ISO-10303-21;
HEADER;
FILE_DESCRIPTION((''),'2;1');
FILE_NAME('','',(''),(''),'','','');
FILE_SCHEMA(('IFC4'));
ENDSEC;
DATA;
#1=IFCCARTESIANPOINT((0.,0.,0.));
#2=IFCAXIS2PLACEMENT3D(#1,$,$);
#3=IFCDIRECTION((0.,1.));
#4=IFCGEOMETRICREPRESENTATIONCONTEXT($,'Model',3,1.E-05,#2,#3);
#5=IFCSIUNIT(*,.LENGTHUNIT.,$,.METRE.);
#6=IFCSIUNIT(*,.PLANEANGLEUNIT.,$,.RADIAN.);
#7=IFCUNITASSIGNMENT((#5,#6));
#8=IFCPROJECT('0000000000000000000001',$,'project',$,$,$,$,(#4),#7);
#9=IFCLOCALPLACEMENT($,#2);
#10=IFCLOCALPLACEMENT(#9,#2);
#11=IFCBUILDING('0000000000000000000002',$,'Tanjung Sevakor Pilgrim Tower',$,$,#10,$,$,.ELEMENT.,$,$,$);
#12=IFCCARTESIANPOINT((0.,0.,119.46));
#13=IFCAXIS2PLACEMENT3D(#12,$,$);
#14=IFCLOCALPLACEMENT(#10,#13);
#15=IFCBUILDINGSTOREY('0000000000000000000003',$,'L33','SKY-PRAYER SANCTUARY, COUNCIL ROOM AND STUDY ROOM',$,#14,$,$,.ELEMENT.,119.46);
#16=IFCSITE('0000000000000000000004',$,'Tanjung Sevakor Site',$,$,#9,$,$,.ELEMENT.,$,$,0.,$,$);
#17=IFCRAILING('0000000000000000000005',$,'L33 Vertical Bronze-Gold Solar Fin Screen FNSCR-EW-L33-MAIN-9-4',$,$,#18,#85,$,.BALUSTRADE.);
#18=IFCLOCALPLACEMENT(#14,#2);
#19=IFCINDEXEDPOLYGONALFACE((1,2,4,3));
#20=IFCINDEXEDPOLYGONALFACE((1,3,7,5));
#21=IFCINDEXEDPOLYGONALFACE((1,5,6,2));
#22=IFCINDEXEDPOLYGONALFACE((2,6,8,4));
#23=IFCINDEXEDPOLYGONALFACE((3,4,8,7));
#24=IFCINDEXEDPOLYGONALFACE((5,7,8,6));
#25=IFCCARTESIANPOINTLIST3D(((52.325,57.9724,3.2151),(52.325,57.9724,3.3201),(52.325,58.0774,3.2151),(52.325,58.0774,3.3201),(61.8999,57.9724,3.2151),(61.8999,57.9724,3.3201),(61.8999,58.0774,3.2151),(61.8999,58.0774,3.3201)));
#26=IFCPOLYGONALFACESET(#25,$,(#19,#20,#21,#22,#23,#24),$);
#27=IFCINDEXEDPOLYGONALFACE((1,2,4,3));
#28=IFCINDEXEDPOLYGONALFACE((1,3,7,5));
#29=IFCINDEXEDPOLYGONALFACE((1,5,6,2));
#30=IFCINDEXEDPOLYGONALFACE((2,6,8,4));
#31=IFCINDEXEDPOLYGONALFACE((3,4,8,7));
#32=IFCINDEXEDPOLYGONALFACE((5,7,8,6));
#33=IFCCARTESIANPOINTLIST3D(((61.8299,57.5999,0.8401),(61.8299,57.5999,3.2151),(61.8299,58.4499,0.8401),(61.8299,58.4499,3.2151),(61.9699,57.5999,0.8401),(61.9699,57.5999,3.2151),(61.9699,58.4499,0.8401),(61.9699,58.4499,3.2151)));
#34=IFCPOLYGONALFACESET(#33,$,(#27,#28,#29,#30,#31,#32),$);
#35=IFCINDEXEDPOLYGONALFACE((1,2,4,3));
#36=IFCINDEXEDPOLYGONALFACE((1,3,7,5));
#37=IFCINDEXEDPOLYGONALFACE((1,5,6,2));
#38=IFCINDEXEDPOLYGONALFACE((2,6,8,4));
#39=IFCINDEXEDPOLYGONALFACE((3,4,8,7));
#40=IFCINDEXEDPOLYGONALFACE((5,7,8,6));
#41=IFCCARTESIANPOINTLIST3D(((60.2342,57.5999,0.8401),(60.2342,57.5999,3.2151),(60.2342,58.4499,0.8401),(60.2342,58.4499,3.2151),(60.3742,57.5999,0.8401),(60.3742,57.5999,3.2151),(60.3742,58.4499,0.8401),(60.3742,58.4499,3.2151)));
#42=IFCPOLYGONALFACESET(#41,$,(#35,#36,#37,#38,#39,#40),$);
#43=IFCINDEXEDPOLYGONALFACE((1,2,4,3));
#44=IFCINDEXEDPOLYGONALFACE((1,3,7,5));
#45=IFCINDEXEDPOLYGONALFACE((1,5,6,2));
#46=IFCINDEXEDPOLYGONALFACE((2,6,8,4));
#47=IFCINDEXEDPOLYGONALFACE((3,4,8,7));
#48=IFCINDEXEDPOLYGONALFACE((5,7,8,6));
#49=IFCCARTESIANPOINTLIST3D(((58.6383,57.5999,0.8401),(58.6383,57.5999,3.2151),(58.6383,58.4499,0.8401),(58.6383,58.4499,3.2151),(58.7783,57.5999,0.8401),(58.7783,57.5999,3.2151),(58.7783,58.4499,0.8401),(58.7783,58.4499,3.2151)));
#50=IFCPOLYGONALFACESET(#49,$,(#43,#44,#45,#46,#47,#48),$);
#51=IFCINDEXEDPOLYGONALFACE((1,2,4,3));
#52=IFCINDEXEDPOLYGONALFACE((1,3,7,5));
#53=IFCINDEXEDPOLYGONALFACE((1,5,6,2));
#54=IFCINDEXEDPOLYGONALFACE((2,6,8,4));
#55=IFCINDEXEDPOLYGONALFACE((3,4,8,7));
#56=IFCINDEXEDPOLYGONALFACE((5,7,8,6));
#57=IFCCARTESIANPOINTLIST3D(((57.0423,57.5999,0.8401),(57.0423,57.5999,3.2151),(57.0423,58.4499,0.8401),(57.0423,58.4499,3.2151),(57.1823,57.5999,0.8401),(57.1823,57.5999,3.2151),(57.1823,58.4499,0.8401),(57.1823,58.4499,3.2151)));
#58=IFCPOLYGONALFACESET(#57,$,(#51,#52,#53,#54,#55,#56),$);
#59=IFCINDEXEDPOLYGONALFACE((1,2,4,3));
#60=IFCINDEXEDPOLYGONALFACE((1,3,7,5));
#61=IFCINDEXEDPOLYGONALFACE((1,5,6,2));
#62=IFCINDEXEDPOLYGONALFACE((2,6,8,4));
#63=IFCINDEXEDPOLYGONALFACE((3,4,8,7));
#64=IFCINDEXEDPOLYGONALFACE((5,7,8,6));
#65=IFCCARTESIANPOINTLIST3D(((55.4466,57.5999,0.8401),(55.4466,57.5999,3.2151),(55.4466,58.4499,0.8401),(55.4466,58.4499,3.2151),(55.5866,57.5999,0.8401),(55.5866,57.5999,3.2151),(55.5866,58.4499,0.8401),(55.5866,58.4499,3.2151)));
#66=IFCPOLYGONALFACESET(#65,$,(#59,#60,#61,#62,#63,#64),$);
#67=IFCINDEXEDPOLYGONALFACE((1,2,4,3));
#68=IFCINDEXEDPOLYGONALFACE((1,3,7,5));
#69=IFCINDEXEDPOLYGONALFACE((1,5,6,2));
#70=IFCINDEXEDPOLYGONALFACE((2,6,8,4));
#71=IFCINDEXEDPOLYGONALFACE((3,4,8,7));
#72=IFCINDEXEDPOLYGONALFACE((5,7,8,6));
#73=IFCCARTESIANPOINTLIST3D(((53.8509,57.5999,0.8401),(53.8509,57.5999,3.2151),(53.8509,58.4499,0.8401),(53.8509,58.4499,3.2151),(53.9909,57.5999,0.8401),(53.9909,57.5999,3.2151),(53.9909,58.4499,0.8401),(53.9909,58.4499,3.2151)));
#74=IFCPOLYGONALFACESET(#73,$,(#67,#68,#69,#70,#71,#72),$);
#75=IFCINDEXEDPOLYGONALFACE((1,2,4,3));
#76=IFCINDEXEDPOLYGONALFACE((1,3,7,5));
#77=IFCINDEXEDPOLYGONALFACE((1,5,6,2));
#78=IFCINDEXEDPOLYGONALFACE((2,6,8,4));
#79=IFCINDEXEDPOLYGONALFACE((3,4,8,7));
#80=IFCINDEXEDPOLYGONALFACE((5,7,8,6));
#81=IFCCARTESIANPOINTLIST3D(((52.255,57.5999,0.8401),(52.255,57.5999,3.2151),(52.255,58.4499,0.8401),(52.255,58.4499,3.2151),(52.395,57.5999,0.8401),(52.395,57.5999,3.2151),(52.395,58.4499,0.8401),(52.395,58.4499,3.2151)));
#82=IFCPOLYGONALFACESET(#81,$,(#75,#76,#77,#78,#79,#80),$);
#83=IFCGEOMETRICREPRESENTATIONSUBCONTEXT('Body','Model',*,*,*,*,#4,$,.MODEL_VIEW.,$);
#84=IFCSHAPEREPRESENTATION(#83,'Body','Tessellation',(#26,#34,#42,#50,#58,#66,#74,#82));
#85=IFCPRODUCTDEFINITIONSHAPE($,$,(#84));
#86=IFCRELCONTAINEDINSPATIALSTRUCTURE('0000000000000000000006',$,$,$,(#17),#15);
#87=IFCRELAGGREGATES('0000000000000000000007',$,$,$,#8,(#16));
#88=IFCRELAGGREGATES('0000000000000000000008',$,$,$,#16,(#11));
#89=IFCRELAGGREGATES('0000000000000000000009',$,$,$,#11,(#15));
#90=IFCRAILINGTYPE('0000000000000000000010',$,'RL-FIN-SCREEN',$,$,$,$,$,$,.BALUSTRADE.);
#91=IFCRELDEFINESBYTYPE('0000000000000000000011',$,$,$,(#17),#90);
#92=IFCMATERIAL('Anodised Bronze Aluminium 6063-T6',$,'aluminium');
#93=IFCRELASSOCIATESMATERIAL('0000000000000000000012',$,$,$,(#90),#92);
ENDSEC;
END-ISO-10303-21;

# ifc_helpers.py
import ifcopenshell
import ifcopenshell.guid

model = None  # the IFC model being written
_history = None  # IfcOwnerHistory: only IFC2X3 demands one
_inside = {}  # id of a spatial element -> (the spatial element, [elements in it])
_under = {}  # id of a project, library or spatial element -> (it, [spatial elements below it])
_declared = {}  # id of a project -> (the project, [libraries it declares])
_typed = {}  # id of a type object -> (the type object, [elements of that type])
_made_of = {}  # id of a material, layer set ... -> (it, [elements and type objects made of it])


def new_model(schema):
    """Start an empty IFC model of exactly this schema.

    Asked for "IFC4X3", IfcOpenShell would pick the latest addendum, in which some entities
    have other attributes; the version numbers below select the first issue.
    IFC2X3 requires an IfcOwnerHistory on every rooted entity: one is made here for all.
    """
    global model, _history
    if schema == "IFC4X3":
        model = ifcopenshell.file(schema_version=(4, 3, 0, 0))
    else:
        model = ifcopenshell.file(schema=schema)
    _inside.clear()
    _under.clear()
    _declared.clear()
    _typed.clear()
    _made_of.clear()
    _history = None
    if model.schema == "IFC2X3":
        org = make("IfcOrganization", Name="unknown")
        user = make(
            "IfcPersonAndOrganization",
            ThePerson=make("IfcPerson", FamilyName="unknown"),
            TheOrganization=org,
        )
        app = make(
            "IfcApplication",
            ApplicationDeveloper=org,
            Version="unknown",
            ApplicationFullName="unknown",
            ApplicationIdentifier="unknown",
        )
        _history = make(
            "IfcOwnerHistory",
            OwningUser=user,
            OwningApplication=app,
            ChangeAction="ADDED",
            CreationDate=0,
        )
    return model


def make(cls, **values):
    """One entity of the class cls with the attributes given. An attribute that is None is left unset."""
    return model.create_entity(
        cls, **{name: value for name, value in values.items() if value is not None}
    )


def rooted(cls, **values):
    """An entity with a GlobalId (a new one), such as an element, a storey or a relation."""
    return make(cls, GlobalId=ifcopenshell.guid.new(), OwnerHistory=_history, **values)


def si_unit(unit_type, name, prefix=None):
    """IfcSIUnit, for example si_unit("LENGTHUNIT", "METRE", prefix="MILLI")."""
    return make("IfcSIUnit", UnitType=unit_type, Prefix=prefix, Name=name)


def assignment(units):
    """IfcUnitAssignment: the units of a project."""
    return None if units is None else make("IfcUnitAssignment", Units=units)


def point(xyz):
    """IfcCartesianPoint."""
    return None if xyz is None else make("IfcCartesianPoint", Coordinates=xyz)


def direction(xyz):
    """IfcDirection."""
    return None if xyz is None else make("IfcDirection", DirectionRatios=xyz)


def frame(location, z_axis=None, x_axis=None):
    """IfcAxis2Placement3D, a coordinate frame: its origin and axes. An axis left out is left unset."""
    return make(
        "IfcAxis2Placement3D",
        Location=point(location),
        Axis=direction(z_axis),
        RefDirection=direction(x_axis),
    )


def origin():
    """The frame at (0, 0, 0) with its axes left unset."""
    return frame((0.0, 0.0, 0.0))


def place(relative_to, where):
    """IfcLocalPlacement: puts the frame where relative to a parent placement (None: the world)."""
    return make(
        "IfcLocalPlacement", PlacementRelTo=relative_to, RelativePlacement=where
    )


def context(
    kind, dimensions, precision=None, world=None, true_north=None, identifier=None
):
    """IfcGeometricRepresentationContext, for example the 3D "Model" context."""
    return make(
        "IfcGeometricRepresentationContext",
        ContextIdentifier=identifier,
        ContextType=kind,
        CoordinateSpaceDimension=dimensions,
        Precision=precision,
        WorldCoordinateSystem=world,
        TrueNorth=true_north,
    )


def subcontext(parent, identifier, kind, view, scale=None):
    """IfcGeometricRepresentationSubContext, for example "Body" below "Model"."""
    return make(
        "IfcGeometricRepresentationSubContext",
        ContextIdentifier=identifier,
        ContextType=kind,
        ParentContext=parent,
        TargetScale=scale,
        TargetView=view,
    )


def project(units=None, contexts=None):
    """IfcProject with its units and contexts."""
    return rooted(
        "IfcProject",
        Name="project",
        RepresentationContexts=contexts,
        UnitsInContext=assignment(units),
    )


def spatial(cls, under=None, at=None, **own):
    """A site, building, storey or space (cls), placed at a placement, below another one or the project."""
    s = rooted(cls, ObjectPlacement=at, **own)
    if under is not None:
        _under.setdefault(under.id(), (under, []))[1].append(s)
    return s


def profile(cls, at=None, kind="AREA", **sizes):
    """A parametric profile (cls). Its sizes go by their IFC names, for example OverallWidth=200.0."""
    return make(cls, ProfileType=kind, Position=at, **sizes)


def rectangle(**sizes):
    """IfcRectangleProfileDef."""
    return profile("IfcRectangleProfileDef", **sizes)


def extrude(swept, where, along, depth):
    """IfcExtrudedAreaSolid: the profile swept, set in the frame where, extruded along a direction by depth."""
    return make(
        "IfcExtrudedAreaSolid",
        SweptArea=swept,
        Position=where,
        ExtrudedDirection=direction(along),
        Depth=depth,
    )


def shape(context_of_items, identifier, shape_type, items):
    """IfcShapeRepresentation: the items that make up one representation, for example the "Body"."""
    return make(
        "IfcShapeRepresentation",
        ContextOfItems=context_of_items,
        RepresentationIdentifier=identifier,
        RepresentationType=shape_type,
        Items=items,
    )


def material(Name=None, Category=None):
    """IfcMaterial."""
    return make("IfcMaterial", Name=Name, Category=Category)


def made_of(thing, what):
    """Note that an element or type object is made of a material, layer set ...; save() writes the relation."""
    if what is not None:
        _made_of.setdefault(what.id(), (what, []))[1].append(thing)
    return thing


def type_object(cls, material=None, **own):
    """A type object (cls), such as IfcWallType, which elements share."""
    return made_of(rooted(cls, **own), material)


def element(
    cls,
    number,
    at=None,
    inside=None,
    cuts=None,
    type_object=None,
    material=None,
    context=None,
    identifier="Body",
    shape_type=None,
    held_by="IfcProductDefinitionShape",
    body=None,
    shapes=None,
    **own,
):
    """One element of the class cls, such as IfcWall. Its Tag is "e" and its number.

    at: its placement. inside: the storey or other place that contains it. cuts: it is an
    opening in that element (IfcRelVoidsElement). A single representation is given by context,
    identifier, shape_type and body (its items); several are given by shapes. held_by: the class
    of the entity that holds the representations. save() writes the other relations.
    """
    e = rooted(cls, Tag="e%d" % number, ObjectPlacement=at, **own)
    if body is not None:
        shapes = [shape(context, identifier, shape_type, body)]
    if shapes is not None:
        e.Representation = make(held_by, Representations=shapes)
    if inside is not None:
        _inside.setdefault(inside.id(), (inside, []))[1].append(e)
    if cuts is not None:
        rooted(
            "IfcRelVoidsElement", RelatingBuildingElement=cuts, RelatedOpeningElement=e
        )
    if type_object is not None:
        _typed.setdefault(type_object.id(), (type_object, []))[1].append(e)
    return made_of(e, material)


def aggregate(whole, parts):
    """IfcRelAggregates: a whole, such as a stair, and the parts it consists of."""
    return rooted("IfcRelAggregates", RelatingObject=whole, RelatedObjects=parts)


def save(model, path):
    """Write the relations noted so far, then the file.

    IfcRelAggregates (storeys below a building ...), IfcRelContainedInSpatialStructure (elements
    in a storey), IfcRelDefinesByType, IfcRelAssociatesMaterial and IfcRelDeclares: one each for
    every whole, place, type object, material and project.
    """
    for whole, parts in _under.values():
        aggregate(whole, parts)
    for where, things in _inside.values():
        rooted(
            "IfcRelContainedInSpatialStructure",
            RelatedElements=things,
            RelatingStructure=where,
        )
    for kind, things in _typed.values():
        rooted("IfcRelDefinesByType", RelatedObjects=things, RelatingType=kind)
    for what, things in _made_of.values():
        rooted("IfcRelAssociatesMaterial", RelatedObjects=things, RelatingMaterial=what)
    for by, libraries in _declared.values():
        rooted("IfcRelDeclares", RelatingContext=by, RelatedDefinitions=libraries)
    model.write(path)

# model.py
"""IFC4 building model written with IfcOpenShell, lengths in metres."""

from ifc_helpers import new_model, si_unit, direction, frame, origin, place, context, subcontext, project, spatial, rectangle, extrude, material, type_object, element, save


model = new_model("IFC4")

# Units and contexts
model_context = context("Model", 3, precision=1e-05, world=origin(), true_north=direction((0.0, 1.0)))
body_context = subcontext(model_context, "Body", "Model", "MODEL_VIEW")
ifc_project = project(units=[si_unit("LENGTHUNIT", "METRE"), si_unit("PLANEANGLEUNIT", "RADIAN")], contexts=[model_context])

# Site, building, storey
site_placement = place(None, origin())
site = spatial("IfcSite", under=ifc_project, at=site_placement, Name="Tanjung Sevakor Site", CompositionType="ELEMENT", RefElevation=0.0)
building_placement = place(site_placement, origin())
building = spatial("IfcBuilding", under=site, at=building_placement, Name="Tanjung Sevakor Pilgrim Tower", CompositionType="ELEMENT")
storey_placement = place(building_placement, frame((0.0, 0.0, 119.46)))
storey = spatial("IfcBuildingStorey", under=building, at=storey_placement, Name="L33", Description="SKY-PRAYER SANCTUARY, COUNCIL ROOM AND STUDY ROOM", CompositionType="ELEMENT", Elevation=119.46)

# Railing
ifc_material_1 = material(Name="Anodised Bronze Aluminium 6063-T6", Category="aluminium")
railing_type_1 = type_object("IfcRailingType", Name="RL-FIN-SCREEN", PredefinedType="BALUSTRADE", material=ifc_material_1)
railing_1_placement = place(storey_placement, frame((61.8999, 58.0249, 0.8401)))
element("IfcRailing", 1, at=railing_1_placement, inside=storey, type_object=railing_type_1, Name="L33 Vertical Bronze-Gold Solar Fin Screen FNSCR-EW-L33-MAIN-9-4", PredefinedType="BALUSTRADE", context=body_context, shape_type="SweptSolid", body=[
    extrude(rectangle(XDim=0.105, YDim=0.105), frame((0.0, 0.0, 2.4275), z_axis=(-1.0, 0.0, 0.0), x_axis=(0.0, -1.0, 0.0)), (0.0, 0.0, 1.0), 9.575),
    extrude(rectangle(XDim=0.14, YDim=0.85), origin(), (0.0, 0.0, 1.0), 2.375),
    extrude(rectangle(XDim=0.14, YDim=0.85), frame((-1.5957, 0.0, 0.0)), (0.0, 0.0, 1.0), 2.375),
    extrude(rectangle(XDim=0.14, YDim=0.85), frame((-3.1917, 0.0, 0.0)), (0.0, 0.0, 1.0), 2.375),
    extrude(rectangle(XDim=0.14, YDim=0.85), frame((-4.7876, 0.0, 0.0)), (0.0, 0.0, 1.0), 2.375),
    extrude(rectangle(XDim=0.14, YDim=0.85), frame((-6.3833, 0.0, 0.0)), (0.0, 0.0, 1.0), 2.375),
    extrude(rectangle(XDim=0.14, YDim=0.85), frame((-7.979, 0.0, 0.0)), (0.0, 0.0, 1.0), 2.375),
    extrude(rectangle(XDim=0.14, YDim=0.85), frame((-9.575, 0.0, 0.0)), (0.0, 0.0, 1.0), 2.375),
])

save(model, "model.ifc")
